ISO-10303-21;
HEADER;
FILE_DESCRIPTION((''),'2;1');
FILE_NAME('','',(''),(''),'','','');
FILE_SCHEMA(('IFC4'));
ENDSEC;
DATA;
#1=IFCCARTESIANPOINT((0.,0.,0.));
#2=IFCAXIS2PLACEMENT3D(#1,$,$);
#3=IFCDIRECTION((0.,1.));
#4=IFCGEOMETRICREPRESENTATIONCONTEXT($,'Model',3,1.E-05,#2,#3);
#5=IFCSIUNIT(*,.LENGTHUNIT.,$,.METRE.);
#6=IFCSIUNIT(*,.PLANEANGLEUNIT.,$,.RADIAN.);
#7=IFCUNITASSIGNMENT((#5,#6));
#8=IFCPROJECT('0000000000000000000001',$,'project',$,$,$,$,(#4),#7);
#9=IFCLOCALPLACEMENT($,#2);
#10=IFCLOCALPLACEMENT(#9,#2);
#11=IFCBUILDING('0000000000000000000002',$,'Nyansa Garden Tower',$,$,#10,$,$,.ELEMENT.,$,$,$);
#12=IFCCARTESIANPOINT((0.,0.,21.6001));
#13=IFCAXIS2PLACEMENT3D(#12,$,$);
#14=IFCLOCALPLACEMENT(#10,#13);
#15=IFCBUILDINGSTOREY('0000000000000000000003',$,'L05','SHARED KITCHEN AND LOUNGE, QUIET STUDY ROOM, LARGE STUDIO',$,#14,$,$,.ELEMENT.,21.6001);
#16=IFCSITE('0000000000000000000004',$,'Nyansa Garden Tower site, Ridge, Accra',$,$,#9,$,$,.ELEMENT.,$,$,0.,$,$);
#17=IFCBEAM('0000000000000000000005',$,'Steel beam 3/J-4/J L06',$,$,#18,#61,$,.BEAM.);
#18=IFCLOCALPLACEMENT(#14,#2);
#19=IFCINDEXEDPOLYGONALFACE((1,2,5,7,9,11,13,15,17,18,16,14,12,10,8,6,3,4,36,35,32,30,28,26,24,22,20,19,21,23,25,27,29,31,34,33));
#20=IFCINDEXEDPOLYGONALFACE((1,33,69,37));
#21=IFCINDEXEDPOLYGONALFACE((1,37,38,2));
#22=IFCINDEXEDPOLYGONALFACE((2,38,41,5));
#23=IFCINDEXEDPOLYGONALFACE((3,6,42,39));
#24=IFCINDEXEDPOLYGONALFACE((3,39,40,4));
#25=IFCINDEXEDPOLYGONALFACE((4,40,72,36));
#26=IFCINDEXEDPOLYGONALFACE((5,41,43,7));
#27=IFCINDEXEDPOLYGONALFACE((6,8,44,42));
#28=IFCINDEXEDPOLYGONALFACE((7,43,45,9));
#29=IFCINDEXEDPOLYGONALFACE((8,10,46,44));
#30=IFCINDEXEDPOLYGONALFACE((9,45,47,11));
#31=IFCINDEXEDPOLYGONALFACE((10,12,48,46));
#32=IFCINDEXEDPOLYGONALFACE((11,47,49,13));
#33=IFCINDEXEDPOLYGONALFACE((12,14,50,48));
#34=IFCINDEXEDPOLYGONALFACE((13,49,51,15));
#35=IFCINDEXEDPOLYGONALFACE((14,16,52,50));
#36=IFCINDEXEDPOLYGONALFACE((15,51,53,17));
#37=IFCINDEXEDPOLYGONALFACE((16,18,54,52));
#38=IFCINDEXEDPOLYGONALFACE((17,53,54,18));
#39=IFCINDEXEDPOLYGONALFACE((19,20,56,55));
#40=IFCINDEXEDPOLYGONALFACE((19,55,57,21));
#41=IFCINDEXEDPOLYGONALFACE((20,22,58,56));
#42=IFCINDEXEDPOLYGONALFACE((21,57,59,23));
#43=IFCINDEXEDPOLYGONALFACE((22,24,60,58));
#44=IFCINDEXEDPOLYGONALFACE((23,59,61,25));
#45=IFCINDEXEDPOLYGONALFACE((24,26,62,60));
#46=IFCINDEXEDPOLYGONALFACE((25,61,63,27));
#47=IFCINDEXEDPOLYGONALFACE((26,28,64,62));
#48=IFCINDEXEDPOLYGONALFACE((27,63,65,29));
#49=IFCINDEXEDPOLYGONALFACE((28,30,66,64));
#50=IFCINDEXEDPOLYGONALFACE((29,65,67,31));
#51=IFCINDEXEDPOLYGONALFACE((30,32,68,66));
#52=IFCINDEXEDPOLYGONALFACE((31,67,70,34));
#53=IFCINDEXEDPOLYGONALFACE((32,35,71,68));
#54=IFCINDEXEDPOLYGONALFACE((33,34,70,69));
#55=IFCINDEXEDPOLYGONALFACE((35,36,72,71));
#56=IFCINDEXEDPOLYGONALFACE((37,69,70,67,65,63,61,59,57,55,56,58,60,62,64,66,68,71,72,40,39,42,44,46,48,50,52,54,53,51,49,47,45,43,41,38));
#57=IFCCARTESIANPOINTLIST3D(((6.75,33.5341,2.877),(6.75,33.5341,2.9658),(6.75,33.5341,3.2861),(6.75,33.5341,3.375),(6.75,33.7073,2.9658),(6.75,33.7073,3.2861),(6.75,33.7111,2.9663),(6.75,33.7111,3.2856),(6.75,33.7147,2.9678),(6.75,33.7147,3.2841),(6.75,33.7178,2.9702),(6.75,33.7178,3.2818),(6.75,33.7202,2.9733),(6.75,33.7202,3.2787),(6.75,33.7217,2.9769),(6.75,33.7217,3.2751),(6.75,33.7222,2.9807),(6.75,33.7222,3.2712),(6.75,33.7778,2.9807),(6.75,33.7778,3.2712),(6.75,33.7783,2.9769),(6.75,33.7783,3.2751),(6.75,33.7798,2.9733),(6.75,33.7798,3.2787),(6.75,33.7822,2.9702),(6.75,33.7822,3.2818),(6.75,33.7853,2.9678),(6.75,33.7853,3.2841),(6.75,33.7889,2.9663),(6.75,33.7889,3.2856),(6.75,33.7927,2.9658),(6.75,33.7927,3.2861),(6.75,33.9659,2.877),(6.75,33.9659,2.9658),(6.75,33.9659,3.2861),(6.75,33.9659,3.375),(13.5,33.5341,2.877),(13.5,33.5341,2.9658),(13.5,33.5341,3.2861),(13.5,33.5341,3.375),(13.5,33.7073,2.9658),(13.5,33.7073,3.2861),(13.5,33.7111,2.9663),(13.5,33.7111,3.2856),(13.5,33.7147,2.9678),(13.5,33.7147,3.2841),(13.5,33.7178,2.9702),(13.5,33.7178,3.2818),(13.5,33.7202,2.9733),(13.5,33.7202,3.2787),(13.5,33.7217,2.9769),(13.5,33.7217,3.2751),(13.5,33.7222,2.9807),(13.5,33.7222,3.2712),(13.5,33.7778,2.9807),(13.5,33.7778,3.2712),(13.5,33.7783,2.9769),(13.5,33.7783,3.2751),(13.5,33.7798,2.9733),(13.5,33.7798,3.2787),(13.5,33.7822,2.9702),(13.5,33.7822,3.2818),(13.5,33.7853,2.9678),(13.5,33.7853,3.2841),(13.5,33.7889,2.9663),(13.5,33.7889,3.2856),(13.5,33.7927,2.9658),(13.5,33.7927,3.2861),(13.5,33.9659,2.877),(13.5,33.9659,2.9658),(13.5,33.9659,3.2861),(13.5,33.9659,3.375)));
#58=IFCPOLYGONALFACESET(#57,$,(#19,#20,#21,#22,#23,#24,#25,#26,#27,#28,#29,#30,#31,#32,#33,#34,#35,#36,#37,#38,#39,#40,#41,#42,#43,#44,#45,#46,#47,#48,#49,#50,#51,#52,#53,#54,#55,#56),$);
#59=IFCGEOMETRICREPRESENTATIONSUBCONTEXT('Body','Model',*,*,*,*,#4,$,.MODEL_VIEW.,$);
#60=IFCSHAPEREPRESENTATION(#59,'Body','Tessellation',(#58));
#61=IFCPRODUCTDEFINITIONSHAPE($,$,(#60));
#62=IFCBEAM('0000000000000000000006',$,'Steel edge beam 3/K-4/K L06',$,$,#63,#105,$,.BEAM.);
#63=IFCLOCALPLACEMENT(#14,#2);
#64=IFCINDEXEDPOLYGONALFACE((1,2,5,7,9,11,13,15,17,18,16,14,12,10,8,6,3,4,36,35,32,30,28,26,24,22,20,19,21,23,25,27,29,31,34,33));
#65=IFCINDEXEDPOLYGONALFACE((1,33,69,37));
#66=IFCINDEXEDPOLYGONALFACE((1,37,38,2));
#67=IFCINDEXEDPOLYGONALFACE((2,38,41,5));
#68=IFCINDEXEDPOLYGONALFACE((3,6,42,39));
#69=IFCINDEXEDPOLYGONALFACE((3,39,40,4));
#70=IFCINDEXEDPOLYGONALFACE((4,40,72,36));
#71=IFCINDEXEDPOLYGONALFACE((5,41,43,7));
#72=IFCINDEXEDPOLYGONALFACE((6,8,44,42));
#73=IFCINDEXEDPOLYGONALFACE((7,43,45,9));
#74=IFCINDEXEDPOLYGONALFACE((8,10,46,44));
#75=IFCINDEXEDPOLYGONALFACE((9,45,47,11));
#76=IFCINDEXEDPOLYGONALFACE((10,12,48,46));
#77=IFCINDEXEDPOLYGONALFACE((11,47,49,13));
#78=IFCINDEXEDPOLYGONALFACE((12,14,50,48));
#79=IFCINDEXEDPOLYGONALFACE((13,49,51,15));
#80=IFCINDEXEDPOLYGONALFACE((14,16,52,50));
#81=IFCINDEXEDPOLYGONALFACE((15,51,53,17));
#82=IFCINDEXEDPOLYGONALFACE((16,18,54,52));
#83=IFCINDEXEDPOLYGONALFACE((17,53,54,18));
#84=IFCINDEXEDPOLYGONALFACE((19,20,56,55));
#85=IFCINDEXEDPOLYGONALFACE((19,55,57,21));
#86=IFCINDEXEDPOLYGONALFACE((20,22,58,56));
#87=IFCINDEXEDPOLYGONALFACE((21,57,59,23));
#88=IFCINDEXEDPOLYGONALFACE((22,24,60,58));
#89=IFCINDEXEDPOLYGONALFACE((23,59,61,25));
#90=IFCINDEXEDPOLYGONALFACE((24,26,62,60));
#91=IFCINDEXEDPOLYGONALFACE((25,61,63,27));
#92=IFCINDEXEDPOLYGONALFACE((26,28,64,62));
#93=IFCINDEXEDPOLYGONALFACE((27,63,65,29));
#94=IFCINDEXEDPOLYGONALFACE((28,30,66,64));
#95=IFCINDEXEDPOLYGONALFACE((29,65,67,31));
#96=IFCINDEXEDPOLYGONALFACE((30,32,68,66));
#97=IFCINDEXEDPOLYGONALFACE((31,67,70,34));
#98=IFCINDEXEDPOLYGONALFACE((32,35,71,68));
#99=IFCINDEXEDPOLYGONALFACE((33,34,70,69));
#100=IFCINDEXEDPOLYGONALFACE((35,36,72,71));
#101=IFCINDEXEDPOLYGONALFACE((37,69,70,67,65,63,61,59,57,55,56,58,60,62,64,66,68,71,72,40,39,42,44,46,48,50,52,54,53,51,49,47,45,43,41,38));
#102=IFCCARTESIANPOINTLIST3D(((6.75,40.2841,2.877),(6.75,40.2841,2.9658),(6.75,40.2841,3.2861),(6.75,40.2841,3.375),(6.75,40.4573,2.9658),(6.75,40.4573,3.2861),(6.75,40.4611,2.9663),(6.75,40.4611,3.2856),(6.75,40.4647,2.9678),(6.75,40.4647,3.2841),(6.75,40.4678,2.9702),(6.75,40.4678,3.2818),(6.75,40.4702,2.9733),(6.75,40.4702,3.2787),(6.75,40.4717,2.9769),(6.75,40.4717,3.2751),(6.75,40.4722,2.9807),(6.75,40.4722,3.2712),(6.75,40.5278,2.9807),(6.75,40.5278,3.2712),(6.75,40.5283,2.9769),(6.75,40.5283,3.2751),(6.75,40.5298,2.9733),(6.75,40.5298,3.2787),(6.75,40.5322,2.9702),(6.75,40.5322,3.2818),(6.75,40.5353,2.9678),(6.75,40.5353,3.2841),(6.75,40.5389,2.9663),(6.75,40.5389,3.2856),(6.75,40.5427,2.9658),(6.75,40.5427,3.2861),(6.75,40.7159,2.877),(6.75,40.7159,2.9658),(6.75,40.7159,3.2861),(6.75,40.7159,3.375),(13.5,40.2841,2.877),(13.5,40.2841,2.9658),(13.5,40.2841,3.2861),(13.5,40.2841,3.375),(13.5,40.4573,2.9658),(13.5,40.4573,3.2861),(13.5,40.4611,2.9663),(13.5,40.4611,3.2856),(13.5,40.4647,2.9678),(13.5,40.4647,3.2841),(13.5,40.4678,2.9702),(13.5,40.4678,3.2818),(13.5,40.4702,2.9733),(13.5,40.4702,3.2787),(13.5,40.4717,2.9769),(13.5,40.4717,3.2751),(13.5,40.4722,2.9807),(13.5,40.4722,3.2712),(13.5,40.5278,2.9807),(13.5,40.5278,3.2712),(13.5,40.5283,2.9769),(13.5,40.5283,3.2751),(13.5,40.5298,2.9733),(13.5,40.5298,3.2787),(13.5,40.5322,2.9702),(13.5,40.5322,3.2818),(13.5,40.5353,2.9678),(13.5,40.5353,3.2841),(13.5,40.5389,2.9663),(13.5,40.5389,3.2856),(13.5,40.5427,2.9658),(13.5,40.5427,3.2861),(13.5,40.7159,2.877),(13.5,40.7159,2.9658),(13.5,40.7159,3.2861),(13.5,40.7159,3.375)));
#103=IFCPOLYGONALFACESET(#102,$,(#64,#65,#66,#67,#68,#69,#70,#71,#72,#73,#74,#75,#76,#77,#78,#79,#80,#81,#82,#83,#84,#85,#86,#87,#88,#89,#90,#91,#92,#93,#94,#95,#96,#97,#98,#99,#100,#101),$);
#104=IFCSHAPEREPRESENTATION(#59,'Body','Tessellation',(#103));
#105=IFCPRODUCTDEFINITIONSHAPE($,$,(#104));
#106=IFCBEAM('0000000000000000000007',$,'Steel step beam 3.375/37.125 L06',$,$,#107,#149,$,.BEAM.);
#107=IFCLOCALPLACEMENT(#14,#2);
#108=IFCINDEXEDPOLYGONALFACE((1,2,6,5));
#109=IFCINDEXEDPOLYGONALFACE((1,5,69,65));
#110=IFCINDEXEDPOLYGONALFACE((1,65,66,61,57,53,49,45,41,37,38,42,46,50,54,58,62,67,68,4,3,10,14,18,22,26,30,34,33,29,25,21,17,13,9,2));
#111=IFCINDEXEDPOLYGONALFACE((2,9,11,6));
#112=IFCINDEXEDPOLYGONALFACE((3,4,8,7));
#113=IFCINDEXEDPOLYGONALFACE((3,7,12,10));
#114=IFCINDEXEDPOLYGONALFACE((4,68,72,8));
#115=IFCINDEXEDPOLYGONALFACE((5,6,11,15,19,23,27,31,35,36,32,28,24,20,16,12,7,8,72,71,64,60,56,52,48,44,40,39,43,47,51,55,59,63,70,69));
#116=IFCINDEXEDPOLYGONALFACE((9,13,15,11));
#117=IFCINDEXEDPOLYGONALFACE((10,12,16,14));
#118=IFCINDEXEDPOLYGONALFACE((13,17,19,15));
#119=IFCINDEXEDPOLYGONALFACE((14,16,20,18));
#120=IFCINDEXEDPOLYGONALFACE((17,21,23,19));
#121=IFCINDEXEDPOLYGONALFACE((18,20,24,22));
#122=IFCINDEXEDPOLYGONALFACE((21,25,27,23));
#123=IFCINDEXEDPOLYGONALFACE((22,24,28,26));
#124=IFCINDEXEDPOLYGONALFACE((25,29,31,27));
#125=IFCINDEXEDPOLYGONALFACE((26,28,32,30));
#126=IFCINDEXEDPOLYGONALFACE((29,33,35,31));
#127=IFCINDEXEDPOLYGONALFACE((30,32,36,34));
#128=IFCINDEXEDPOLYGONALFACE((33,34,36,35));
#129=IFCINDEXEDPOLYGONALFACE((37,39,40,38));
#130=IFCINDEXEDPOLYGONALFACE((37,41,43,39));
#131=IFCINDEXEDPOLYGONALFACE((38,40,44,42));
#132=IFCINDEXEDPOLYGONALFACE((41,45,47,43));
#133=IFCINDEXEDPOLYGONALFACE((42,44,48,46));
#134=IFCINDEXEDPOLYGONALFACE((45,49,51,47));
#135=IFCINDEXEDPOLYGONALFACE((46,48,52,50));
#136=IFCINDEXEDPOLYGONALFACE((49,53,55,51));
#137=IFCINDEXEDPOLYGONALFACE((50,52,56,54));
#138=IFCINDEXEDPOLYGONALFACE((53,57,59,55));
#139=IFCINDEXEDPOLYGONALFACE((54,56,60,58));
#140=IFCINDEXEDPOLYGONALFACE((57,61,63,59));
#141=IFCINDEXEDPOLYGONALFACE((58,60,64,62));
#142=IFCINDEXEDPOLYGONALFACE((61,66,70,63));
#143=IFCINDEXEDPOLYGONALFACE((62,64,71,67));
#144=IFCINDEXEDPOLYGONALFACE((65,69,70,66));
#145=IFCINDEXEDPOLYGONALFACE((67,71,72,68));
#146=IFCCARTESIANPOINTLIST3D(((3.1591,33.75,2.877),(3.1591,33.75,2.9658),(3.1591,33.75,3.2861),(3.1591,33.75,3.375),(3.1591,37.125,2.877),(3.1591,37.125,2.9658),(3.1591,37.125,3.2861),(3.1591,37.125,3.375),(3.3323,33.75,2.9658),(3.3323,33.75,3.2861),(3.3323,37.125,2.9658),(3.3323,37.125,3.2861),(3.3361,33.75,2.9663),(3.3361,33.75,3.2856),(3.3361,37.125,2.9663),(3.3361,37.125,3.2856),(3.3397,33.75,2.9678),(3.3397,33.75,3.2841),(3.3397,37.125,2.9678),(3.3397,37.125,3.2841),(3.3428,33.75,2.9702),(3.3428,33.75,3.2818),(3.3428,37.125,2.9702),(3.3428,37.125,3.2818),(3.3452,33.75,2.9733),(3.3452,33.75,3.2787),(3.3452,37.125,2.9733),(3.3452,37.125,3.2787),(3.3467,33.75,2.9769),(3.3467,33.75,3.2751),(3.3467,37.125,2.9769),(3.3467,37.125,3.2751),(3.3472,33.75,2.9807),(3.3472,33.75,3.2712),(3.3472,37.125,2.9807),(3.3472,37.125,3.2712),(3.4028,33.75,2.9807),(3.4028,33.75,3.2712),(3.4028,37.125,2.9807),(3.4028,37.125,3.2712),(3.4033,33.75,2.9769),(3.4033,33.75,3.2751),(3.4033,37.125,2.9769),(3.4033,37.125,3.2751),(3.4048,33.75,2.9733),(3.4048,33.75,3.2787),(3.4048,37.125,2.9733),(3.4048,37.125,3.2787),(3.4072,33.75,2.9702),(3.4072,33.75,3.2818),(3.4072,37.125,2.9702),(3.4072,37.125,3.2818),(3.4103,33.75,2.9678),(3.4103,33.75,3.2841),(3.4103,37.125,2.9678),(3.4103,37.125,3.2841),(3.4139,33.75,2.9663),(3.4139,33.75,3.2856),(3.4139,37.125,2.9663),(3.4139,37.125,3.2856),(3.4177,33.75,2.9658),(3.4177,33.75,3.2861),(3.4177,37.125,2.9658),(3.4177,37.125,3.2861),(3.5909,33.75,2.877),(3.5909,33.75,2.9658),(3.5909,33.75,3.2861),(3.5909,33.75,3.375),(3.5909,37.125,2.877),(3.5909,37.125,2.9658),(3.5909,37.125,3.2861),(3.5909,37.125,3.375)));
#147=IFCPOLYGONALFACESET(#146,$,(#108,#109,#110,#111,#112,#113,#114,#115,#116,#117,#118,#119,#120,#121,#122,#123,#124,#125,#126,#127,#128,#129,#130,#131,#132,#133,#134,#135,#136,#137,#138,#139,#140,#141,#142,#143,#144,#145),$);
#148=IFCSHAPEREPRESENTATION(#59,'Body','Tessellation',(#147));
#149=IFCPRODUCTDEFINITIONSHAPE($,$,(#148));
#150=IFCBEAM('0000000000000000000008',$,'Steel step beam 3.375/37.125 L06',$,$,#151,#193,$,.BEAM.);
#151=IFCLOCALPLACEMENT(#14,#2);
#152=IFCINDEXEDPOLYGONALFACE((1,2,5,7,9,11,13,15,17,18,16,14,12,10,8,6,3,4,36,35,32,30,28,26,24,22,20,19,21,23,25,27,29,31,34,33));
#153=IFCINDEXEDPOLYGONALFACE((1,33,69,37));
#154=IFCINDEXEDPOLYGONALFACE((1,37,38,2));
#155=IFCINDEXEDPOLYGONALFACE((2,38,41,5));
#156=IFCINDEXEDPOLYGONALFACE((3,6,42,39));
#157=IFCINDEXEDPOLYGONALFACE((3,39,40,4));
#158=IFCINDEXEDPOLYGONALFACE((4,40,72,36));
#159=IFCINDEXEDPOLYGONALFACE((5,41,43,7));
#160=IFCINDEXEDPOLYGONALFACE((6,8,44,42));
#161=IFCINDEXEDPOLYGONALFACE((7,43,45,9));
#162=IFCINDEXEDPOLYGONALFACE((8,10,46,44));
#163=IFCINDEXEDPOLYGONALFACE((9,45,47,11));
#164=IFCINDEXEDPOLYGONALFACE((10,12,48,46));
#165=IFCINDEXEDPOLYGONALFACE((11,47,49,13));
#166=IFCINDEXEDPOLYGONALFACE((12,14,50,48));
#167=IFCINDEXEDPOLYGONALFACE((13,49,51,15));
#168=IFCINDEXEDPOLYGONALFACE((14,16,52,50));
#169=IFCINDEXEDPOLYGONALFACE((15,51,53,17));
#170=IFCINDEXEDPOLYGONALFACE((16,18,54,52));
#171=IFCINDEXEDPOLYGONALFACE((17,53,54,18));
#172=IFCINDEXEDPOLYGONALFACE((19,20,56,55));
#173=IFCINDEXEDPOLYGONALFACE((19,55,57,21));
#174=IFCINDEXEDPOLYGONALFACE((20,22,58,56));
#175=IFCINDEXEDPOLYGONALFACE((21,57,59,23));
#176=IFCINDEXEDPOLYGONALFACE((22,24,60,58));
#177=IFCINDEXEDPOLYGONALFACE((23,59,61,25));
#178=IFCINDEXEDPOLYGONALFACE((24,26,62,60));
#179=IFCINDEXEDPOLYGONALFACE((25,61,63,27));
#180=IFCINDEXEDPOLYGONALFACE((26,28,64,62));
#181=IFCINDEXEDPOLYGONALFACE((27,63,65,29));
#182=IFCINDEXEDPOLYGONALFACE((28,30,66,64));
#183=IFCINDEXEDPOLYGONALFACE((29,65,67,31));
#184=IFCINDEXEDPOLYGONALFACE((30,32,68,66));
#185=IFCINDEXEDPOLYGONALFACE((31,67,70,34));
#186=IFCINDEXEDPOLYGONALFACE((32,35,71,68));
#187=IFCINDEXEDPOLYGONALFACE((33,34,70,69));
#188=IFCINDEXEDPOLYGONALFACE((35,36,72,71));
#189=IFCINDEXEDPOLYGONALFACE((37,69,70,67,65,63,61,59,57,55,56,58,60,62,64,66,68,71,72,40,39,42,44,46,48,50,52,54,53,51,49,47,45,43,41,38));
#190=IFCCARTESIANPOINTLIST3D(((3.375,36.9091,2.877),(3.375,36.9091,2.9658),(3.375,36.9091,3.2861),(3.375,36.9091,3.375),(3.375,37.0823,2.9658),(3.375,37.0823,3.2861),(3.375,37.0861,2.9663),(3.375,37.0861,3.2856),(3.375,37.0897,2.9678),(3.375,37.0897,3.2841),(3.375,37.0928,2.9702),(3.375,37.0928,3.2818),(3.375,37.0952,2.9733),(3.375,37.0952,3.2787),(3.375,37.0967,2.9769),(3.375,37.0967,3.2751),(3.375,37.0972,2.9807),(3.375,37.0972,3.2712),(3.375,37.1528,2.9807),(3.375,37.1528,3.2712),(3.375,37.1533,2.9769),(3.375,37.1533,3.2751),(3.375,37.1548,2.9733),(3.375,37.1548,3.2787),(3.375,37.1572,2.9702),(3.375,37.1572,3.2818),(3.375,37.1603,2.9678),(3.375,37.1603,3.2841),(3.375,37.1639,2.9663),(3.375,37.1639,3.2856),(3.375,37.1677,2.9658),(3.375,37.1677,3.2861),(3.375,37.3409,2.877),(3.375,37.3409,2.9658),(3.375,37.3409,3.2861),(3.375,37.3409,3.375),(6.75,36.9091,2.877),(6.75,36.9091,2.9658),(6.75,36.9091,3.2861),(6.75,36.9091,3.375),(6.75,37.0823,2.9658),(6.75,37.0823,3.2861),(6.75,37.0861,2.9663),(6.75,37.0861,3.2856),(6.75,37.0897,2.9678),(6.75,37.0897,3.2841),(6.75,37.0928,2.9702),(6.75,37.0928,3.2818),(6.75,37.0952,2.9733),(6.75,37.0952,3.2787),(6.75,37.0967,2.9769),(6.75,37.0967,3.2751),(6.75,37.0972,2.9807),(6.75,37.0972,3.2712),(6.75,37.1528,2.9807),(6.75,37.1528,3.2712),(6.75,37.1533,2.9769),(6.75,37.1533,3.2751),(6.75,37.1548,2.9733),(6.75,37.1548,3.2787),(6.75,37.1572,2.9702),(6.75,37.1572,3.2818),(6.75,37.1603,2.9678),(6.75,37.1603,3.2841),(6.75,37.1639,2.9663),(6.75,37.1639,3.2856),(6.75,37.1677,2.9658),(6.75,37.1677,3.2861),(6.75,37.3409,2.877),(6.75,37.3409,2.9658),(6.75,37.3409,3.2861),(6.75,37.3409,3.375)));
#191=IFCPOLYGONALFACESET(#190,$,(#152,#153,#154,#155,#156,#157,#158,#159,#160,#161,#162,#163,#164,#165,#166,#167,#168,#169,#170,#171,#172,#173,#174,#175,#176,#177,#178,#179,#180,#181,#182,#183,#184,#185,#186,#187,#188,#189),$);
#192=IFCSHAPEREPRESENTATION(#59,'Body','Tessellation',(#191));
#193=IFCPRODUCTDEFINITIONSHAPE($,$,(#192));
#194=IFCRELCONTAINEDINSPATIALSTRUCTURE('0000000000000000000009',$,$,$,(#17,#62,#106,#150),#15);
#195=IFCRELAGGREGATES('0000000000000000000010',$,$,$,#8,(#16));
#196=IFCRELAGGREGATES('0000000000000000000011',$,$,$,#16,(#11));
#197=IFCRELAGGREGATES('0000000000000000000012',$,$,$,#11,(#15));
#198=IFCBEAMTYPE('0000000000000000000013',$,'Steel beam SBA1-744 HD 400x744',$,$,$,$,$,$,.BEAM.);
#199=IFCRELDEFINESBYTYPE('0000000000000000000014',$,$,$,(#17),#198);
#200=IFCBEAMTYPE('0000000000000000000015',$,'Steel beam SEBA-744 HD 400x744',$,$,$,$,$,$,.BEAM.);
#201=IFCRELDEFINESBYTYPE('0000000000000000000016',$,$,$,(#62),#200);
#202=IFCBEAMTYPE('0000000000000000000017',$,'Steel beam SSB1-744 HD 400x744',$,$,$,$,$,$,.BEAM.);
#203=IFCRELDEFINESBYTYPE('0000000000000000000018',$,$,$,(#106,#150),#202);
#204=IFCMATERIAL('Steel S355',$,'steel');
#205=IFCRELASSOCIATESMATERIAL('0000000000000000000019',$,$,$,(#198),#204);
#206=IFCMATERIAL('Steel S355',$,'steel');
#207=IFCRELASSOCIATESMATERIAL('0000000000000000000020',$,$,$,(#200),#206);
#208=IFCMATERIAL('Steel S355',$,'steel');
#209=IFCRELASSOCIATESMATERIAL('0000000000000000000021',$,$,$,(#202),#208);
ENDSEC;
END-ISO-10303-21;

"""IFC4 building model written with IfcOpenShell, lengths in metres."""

from ifc_helpers import new_model, si_unit, direction, frame, origin, origin_2d, place, context, subcontext, project, spatial, i_section, extrude, material, material_profile, profile_set, type_object, element, save


model = new_model("IFC4")

# Units and contexts
model_context = context("Model", 3, precision=1e-05, world=origin(), true_north=direction((0.0, 1.0)))
body_context = subcontext(model_context, "Body", "Model", "MODEL_VIEW")
ifc_project = project(units=[si_unit("LENGTHUNIT", "METRE"), si_unit("PLANEANGLEUNIT", "RADIAN")], contexts=[model_context])

# Site, building, storey
site_placement = place(None, origin())
site = spatial("IfcSite", under=ifc_project, at=site_placement, Name="Nyansa Garden Tower site, Ridge, Accra", CompositionType="ELEMENT", RefElevation=0.0)
building_placement = place(site_placement, origin())
building = spatial("IfcBuilding", under=site, at=building_placement, Name="Nyansa Garden Tower", CompositionType="ELEMENT")
storey_placement = place(building_placement, frame((0.0, 0.0, 21.6001)))
storey = spatial("IfcBuildingStorey", under=building, at=storey_placement, Name="L05", Description="SHARED KITCHEN AND LOUNGE, QUIET STUDY ROOM, LARGE STUDIO", CompositionType="ELEMENT", Elevation=21.6001)

# Beams
ifc_material_1 = material(Name="Steel S355", Category="steel")
ifc_material_profile_1 = material_profile(ifc_material_1, i_section(OverallWidth=0.4319, OverallDepth=0.498, WebThickness=0.0557, FlangeThickness=0.0889, FilletRadius=0.0149, at=origin_2d()), Name="HD 400x744")
ifc_profile_set_1 = profile_set([ifc_material_profile_1], Name="Steel S355")
beam_type_1 = type_object("IfcBeamType", Name="Steel beam SBA1-744 HD 400x744", PredefinedType="BEAM", material=ifc_profile_set_1)
for number, where, z_axis, x_axis, name in (
    (1, (6.75, 33.75, 3.126), (1.0, 0.0, 0.0), (0.0, 1.0, 0.0), "Steel beam 3/J-4/J L06"),
):
    element("IfcBeam", number, at=place(storey_placement, frame(where, z_axis=z_axis, x_axis=x_axis)), inside=storey, type_object=beam_type_1, Name=name, PredefinedType="BEAM", context=body_context, shape_type="SweptSolid", body=[
        extrude(i_section(OverallWidth=0.4319, OverallDepth=0.498, WebThickness=0.0557, FlangeThickness=0.0889, FilletRadius=0.0149, at=origin_2d()), origin(), (0.0, 0.0, 1.0), 6.75),
    ])
ifc_material_2 = material(Name="Steel S355", Category="steel")
ifc_material_profile_2 = material_profile(ifc_material_2, i_section(OverallWidth=0.4319, OverallDepth=0.498, WebThickness=0.0557, FlangeThickness=0.0889, FilletRadius=0.0149, at=origin_2d()), Name="HD 400x744")
ifc_profile_set_2 = profile_set([ifc_material_profile_2], Name="Steel S355")
beam_type_2 = type_object("IfcBeamType", Name="Steel beam SEBA-744 HD 400x744", PredefinedType="BEAM", material=ifc_profile_set_2)
beam_placement = place(storey_placement, frame((6.75, 40.5, 3.126), z_axis=(1.0, 0.0, 0.0), x_axis=(0.0, 1.0, 0.0)))
element("IfcBeam", 2, at=beam_placement, inside=storey, type_object=beam_type_2, Name="Steel edge beam 3/K-4/K L06", PredefinedType="BEAM", context=body_context, shape_type="SweptSolid", body=[
    extrude(i_section(OverallWidth=0.4319, OverallDepth=0.498, WebThickness=0.0557, FlangeThickness=0.0889, FilletRadius=0.0149, at=origin_2d()), origin(), (0.0, 0.0, 1.0), 6.75),
])
ifc_material_3 = material(Name="Steel S355", Category="steel")
ifc_material_profile_3 = material_profile(ifc_material_3, i_section(OverallWidth=0.4319, OverallDepth=0.498, WebThickness=0.0557, FlangeThickness=0.0889, FilletRadius=0.0149, at=origin_2d()), Name="HD 400x744")
ifc_profile_set_3 = profile_set([ifc_material_profile_3], Name="Steel S355")
beam_type_3 = type_object("IfcBeamType", Name="Steel beam SSB1-744 HD 400x744", PredefinedType="BEAM", material=ifc_profile_set_3)
for number, where, z_axis, x_axis, name in (
    (3, (3.375, 37.125, 3.126), (0.0, -1.0, 0.0), (1.0, 0.0, 0.0), "Steel step beam 3.375/37.125 L06"),
    (4, (3.375, 37.125, 3.126), (1.0, 0.0, 0.0), (0.0, 1.0, 0.0), "Steel step beam 3.375/37.125 L06"),
):
    element("IfcBeam", number, at=place(storey_placement, frame(where, z_axis=z_axis, x_axis=x_axis)), inside=storey, type_object=beam_type_3, Name=name, PredefinedType="BEAM", context=body_context, shape_type="SweptSolid", body=[
        extrude(i_section(OverallWidth=0.4319, OverallDepth=0.498, WebThickness=0.0557, FlangeThickness=0.0889, FilletRadius=0.0149, at=origin_2d()), origin(), (0.0, 0.0, 1.0), 3.375),
    ])

save(model, "model.ifc")
